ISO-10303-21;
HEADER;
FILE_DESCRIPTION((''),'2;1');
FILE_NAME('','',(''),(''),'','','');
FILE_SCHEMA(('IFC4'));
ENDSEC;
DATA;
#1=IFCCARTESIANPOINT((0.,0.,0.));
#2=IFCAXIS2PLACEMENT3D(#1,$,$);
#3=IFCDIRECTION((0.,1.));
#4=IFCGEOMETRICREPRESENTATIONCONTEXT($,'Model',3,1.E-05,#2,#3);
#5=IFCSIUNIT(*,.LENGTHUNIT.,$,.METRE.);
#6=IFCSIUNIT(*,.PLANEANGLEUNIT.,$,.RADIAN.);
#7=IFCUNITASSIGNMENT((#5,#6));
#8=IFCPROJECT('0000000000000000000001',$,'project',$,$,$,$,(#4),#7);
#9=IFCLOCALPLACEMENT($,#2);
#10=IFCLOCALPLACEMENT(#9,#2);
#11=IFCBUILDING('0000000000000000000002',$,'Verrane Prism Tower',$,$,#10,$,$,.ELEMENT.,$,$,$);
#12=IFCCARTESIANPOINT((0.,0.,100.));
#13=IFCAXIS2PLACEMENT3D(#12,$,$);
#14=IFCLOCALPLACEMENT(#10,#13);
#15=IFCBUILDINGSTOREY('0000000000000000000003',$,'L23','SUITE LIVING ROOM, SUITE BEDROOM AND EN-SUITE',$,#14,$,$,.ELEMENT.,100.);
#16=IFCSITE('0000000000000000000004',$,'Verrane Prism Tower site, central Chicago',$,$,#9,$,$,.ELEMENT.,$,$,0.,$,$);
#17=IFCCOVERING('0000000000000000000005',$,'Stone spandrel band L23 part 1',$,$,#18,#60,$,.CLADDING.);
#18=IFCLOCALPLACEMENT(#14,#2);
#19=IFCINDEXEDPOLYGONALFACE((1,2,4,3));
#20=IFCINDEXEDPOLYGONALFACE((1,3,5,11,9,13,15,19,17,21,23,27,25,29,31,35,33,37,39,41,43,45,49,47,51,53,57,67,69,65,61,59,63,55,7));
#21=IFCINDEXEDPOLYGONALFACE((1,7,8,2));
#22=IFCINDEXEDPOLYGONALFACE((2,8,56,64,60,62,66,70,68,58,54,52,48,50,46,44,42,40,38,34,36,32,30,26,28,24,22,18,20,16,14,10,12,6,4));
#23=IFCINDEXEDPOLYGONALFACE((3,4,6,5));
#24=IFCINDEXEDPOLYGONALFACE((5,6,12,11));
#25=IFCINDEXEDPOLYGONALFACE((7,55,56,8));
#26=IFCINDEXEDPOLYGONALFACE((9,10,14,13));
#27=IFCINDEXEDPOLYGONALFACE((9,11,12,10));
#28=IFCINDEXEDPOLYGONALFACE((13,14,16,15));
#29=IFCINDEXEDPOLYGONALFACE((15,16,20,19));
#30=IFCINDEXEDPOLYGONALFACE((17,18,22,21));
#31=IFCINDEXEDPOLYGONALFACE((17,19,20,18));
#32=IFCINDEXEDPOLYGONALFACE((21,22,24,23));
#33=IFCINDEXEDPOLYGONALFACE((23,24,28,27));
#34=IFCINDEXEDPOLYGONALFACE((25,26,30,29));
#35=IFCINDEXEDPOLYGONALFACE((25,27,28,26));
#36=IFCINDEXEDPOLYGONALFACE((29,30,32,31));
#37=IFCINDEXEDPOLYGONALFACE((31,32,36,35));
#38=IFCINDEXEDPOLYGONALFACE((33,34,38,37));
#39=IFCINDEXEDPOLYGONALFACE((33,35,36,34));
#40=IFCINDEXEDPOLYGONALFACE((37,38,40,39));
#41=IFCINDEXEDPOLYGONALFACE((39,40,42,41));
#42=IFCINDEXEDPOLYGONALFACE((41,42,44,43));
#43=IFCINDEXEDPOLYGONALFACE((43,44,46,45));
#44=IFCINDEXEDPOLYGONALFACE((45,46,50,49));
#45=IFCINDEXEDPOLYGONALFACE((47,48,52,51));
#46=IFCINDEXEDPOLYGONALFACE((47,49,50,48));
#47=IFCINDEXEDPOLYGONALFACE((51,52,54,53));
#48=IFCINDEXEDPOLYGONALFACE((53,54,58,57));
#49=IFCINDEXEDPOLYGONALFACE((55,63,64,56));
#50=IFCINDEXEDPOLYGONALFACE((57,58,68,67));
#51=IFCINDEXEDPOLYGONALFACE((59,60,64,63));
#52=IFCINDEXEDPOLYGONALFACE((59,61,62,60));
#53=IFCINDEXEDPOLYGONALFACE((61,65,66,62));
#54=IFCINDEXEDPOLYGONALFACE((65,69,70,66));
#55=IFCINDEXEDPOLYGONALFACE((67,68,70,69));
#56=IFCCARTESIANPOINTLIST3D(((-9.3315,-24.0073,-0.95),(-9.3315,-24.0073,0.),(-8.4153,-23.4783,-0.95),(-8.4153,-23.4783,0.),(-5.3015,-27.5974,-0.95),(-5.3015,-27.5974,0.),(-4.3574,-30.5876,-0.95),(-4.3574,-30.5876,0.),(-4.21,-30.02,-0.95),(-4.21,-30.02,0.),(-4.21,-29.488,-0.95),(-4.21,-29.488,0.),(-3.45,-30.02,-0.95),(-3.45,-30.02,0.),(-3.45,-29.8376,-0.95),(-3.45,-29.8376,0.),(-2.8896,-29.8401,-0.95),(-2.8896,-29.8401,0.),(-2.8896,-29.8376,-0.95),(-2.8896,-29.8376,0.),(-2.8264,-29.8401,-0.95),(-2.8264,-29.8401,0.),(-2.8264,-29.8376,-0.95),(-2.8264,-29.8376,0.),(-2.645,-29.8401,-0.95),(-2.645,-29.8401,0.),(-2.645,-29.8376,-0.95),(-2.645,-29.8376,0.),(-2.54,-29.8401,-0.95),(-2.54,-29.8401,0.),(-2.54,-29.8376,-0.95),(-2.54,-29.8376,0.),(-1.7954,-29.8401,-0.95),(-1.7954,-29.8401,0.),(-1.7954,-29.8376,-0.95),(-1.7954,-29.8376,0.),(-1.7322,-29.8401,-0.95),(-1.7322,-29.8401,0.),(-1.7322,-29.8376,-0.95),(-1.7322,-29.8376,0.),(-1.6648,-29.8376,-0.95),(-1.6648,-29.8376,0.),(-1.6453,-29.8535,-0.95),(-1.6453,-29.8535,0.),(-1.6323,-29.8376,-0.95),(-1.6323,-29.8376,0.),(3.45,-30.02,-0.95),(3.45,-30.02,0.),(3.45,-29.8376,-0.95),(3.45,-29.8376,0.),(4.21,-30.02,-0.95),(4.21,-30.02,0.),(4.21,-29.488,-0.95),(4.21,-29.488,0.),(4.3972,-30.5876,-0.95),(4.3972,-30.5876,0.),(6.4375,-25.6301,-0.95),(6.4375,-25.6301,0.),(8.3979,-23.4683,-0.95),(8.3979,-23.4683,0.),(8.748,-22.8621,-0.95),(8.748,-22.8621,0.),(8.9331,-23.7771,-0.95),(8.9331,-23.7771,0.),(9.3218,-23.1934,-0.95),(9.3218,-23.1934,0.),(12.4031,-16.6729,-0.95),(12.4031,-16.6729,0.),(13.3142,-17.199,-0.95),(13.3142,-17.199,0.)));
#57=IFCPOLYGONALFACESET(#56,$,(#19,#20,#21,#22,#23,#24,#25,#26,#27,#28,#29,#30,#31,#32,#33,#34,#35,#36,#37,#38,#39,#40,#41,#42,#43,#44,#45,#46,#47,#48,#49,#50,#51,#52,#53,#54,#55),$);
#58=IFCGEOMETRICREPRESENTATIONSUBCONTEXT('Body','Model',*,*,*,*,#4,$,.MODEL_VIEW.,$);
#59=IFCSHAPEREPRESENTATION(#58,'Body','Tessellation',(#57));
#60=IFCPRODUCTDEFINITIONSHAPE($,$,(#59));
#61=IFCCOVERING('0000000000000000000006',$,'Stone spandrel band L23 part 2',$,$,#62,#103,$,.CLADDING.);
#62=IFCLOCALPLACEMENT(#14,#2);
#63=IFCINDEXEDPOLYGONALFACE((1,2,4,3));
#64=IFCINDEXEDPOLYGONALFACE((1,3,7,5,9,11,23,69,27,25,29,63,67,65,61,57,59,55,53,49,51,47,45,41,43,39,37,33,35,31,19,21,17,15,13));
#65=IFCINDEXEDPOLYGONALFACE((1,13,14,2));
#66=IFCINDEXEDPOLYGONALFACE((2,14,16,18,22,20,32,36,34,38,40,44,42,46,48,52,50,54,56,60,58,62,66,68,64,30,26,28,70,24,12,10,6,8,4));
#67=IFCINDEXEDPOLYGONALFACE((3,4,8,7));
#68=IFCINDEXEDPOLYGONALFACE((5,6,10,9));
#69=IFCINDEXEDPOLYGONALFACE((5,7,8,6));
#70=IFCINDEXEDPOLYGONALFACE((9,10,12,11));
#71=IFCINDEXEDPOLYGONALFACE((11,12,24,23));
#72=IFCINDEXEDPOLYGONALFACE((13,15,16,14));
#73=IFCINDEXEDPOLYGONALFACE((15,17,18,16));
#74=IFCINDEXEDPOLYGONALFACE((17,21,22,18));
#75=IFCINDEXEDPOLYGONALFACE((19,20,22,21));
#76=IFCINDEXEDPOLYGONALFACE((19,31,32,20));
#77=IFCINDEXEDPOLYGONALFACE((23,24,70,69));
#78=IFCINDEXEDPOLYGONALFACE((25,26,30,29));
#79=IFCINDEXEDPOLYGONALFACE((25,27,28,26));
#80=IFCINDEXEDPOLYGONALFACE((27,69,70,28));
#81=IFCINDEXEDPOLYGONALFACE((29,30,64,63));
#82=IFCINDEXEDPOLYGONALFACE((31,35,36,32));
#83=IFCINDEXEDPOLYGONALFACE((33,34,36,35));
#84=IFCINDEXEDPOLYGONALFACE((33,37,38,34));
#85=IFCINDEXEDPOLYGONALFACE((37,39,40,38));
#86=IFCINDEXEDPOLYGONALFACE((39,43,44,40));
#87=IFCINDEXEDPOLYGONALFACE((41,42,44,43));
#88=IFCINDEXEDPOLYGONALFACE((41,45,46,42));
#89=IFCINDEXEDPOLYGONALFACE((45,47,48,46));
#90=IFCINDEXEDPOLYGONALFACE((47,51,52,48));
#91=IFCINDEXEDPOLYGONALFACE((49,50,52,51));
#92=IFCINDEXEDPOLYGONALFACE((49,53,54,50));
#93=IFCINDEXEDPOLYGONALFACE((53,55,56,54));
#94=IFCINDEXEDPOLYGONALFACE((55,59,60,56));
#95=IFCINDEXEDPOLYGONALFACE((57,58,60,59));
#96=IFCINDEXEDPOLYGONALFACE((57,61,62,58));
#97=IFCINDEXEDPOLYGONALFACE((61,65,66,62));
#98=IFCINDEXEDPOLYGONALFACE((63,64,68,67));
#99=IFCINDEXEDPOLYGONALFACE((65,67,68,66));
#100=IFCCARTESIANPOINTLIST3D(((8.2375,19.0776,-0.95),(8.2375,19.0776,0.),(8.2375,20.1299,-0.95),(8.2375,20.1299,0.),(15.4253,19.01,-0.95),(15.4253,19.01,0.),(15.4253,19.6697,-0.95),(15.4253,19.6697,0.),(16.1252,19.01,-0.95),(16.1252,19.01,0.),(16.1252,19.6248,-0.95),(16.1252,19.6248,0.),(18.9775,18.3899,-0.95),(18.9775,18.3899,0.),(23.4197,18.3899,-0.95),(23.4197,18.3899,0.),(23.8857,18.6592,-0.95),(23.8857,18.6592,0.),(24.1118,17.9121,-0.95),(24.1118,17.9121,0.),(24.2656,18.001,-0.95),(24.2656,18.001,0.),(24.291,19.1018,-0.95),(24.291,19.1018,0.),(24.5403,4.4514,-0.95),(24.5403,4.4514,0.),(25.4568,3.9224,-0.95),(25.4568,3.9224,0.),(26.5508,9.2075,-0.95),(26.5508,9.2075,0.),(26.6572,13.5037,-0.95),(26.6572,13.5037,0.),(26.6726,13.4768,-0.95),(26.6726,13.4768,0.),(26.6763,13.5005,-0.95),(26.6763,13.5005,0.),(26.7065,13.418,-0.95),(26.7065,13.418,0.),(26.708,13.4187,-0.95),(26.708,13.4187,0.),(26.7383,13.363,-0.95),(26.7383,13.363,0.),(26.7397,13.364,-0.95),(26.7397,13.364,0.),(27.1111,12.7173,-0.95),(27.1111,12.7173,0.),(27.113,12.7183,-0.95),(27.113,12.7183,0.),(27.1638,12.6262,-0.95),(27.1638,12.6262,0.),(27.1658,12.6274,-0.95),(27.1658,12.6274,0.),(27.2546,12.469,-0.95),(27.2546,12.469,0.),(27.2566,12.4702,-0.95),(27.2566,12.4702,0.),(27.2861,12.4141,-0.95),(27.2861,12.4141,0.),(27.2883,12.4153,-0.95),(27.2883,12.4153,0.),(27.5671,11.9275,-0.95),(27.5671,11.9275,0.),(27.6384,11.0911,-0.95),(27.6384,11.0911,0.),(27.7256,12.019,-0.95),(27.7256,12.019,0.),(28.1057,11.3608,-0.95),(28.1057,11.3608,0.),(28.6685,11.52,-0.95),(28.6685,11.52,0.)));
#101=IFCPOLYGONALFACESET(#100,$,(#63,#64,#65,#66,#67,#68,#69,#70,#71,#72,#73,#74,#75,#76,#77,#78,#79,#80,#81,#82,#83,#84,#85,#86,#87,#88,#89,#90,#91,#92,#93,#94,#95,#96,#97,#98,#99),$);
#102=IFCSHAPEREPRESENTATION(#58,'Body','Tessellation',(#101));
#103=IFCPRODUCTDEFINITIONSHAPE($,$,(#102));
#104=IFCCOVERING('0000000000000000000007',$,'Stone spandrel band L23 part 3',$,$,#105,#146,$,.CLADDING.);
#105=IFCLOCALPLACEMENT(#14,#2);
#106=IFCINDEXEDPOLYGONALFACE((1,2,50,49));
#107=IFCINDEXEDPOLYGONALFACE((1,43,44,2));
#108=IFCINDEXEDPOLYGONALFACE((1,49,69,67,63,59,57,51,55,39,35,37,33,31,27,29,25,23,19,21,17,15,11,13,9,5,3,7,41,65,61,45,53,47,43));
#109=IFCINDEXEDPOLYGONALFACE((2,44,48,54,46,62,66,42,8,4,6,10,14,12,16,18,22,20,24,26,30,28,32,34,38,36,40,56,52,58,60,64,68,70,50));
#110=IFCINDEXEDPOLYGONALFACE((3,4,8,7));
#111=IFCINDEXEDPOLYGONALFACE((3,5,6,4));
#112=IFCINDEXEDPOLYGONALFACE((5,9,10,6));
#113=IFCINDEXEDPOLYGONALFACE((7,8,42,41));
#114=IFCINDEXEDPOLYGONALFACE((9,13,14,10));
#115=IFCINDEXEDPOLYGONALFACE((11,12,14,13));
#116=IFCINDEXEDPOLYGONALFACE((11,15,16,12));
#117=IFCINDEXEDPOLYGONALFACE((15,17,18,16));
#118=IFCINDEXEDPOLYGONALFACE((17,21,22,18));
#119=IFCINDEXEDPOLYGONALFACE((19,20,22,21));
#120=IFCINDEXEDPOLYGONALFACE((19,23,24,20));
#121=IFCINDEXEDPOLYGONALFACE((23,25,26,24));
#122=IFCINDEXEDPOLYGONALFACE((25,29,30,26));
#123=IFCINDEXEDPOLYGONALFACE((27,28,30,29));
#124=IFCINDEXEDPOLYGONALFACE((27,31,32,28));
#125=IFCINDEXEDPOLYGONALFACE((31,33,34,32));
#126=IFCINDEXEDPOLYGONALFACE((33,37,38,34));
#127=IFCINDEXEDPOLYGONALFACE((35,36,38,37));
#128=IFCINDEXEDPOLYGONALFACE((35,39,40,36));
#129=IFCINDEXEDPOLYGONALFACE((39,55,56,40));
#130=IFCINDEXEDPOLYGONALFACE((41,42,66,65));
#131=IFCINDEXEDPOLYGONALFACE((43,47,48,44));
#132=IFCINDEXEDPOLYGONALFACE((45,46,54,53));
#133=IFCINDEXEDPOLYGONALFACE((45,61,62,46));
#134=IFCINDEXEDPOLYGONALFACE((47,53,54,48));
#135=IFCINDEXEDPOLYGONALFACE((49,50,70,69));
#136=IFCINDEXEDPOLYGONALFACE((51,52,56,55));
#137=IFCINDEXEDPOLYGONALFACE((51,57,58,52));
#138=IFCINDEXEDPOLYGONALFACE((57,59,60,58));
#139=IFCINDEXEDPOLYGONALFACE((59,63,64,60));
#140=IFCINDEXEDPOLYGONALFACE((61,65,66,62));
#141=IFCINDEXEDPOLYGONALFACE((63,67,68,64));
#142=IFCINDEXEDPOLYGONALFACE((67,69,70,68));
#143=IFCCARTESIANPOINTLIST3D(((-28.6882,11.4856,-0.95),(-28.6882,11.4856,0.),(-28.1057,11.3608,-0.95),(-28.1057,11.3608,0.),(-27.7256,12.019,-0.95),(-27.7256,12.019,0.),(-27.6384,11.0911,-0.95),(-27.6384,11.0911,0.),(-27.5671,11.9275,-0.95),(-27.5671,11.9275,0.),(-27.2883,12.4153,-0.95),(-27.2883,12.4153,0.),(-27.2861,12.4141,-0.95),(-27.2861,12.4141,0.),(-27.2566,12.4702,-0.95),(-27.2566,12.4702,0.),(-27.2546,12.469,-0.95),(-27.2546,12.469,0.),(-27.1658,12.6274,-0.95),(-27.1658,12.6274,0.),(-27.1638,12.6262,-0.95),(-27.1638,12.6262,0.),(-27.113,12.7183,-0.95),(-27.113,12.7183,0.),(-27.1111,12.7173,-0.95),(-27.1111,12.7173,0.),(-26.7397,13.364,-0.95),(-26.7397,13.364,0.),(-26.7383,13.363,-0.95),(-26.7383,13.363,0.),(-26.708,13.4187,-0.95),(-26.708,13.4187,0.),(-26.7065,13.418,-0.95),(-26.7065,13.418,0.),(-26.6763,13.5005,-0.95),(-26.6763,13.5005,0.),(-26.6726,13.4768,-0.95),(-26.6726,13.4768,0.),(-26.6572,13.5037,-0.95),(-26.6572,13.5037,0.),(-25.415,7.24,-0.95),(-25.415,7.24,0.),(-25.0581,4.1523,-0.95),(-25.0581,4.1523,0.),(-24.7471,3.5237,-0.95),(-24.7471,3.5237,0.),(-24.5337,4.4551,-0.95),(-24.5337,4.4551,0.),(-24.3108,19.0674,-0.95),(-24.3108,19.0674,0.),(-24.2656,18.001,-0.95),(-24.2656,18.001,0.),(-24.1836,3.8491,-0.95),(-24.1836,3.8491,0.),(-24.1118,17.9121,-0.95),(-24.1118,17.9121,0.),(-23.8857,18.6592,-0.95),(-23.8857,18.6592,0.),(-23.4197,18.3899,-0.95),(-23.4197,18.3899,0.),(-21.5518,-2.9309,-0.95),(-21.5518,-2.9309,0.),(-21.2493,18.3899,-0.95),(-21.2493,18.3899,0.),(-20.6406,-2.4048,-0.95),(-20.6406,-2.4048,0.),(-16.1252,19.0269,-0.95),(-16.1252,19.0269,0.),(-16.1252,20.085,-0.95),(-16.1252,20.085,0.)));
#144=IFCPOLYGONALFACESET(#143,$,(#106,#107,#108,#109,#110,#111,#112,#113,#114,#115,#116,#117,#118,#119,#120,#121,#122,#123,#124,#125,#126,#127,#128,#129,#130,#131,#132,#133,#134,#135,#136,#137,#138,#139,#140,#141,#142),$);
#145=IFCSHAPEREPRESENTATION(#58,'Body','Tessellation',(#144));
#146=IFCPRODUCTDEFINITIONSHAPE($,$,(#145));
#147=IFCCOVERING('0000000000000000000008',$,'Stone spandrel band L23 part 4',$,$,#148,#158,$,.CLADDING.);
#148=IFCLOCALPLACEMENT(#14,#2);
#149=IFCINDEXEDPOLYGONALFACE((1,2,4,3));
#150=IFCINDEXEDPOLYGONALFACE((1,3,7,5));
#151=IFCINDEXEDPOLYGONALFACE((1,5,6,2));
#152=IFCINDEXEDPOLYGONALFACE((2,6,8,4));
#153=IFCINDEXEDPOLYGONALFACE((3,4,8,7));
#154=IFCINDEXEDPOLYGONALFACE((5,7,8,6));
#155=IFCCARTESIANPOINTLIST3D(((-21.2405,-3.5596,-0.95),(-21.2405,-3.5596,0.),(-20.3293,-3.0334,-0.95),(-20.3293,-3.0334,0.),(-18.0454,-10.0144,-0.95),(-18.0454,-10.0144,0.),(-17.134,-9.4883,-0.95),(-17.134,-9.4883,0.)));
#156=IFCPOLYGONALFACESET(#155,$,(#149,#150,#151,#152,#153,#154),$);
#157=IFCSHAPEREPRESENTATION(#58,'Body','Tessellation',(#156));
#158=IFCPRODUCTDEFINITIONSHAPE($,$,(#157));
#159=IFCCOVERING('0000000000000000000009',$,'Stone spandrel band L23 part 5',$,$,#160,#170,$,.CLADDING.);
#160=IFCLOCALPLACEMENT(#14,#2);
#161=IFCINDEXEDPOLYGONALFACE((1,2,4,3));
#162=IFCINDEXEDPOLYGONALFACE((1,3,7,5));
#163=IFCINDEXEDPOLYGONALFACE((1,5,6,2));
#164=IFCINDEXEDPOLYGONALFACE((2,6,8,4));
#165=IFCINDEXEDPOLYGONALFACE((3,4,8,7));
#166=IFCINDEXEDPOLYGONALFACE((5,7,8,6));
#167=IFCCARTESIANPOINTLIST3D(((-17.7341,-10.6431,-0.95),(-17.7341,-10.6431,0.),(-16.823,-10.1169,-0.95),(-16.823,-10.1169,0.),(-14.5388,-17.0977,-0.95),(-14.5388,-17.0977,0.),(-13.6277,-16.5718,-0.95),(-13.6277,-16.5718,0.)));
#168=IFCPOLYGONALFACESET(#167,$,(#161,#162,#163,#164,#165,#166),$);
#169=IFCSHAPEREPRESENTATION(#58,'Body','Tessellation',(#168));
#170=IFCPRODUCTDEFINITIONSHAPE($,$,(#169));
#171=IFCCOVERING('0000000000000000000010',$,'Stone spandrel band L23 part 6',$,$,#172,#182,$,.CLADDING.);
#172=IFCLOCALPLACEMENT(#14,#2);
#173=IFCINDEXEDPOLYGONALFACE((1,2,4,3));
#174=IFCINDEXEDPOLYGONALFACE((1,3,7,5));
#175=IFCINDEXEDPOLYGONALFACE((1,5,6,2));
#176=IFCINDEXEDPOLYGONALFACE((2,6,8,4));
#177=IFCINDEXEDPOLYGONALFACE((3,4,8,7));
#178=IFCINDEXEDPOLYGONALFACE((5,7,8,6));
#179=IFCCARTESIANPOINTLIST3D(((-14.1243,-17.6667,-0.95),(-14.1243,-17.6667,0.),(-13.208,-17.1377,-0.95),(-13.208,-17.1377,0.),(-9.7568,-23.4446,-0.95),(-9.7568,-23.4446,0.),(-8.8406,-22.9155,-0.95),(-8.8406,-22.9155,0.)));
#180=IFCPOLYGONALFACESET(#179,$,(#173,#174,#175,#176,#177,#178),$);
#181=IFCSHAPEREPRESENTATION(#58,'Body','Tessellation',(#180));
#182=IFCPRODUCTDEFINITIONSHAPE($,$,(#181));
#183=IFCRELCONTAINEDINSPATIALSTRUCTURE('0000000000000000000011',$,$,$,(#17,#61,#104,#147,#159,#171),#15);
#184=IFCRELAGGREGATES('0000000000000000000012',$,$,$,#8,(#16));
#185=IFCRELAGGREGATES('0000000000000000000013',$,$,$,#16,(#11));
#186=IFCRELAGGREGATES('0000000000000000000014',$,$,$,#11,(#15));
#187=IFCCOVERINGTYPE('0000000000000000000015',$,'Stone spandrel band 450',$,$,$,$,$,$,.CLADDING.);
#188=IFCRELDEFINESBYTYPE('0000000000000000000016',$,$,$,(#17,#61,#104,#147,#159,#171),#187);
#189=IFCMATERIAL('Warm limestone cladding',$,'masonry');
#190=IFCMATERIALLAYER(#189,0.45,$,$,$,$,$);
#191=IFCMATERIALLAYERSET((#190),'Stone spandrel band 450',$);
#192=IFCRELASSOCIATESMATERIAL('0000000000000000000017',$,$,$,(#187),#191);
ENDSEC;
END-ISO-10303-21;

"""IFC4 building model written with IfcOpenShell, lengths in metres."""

from ifc_helpers import new_model, si_unit, direction, frame, origin, place, context, subcontext, project, spatial, polyline, outline, extrude, material, layer, layer_set, type_object, element, save


model = new_model("IFC4")

# Units and contexts
model_context = context("Model", 3, precision=1e-05, world=origin(), true_north=direction((0.0, 1.0)))
body_context = subcontext(model_context, "Body", "Model", "MODEL_VIEW")
ifc_project = project(units=[si_unit("LENGTHUNIT", "METRE"), si_unit("PLANEANGLEUNIT", "RADIAN")], contexts=[model_context])

# Site, building, storey
site_placement = place(None, origin())
site = spatial("IfcSite", under=ifc_project, at=site_placement, Name="Verrane Prism Tower site, central Chicago", CompositionType="ELEMENT", RefElevation=0.0)
building_placement = place(site_placement, origin())
building = spatial("IfcBuilding", under=site, at=building_placement, Name="Verrane Prism Tower", CompositionType="ELEMENT")
storey_placement = place(building_placement, frame((0.0, 0.0, 100.0)))
storey = spatial("IfcBuildingStorey", under=building, at=storey_placement, Name="L23", Description="SUITE LIVING ROOM, SUITE BEDROOM AND EN-SUITE", CompositionType="ELEMENT", Elevation=100.0)

# Coverings
ifc_material_1 = material(Name="Warm limestone cladding", Category="masonry")
ifc_layer_1 = layer(ifc_material_1, 0.45)
ifc_layer_set_1 = layer_set([ifc_layer_1], Name="Stone spandrel band 450")
covering_type = type_object("IfcCoveringType", Name="Stone spandrel band 450", PredefinedType="CLADDING", material=ifc_layer_set_1)
covering_1_placement = place(storey_placement, frame((0.0, 0.0, -0.95)))
element("IfcCovering", 1, at=covering_1_placement, inside=storey, type_object=covering_type, Name="Stone spandrel band L23 part 1", PredefinedType="CLADDING", context=body_context, shape_type="SweptSolid", body=[
    extrude(outline(polyline([(4.3972, -30.5876), (8.9331, -23.7771), (8.3979, -23.4683), (8.748, -22.8621), (9.3218, -23.1934), (13.3142, -17.199), (12.4031, -16.6729), (6.4375, -25.6301), (4.21, -29.488), (4.21, -30.02), (3.45, -30.02), (3.45, -29.8376), (-1.6323, -29.8376), (-1.6453, -29.8535), (-1.6648, -29.8376), (-1.7322, -29.8376), (-1.7322, -29.8401), (-1.7954, -29.8401), (-1.7954, -29.8376), (-2.54, -29.8376), (-2.54, -29.8401), (-2.645, -29.8401), (-2.645, -29.8376), (-2.8264, -29.8376), (-2.8264, -29.8401), (-2.8896, -29.8401), (-2.8896, -29.8376), (-3.45, -29.8376), (-3.45, -30.02), (-4.21, -30.02), (-4.21, -29.488), (-5.3015, -27.5974), (-8.4153, -23.4783), (-9.3315, -24.0073), (-4.3574, -30.5876), (4.3972, -30.5876)])), origin(), (0.0, 0.0, 1.0), 0.95),
])
covering_2_placement = place(storey_placement, frame((0.0, 0.0, -0.95)))
element("IfcCovering", 2, at=covering_2_placement, inside=storey, type_object=covering_type, Name="Stone spandrel band L23 part 2", PredefinedType="CLADDING", context=body_context, shape_type="SweptSolid", body=[
    extrude(outline(polyline([(8.2375, 19.0776), (18.9775, 18.3899), (23.4197, 18.3899), (23.8857, 18.6592), (24.2656, 18.001), (24.1118, 17.9121), (26.6572, 13.5037), (26.6763, 13.5005), (26.6726, 13.4768), (26.7065, 13.418), (26.708, 13.4187), (26.7397, 13.364), (26.7383, 13.363), (27.1111, 12.7173), (27.113, 12.7183), (27.1658, 12.6274), (27.1638, 12.6262), (27.2546, 12.469), (27.2566, 12.4702), (27.2883, 12.4153), (27.2861, 12.4141), (27.5671, 11.9275), (27.7256, 12.019), (28.1057, 11.3608), (27.6384, 11.0911), (26.5508, 9.2075), (24.5403, 4.4514), (25.4568, 3.9224), (28.6685, 11.52), (24.291, 19.1018), (16.1252, 19.6248), (16.1252, 19.01), (15.4253, 19.01), (15.4253, 19.6697), (8.2375, 20.1299), (8.2375, 19.0776)])), origin(), (0.0, 0.0, 1.0), 0.95),
])
covering_3_placement = place(storey_placement, frame((0.0, 0.0, -0.95)))
element("IfcCovering", 3, at=covering_3_placement, inside=storey, type_object=covering_type, Name="Stone spandrel band L23 part 3", PredefinedType="CLADDING", context=body_context, shape_type="SweptSolid", body=[
    extrude(outline(polyline([(-27.2566, 12.4702), (-27.2546, 12.469), (-27.1638, 12.6262), (-27.1658, 12.6274), (-27.113, 12.7183), (-27.1111, 12.7173), (-26.7383, 13.363), (-26.7397, 13.364), (-26.708, 13.4187), (-26.7065, 13.418), (-26.6726, 13.4768), (-26.6763, 13.5005), (-26.6572, 13.5037), (-24.1118, 17.9121), (-24.2656, 18.001), (-23.8857, 18.6592), (-23.4197, 18.3899), (-21.2493, 18.3899), (-16.1252, 19.0269), (-16.1252, 20.085), (-24.3108, 19.0674), (-28.6882, 11.4856), (-25.0581, 4.1523), (-24.5337, 4.4551), (-24.1836, 3.8491), (-24.7471, 3.5237), (-21.5518, -2.9309), (-20.6406, -2.4048), (-25.415, 7.24), (-27.6384, 11.0911), (-28.1057, 11.3608), (-27.7256, 12.019), (-27.5671, 11.9275), (-27.2861, 12.4141), (-27.2883, 12.4153), (-27.2566, 12.4702)])), origin(), (0.0, 0.0, 1.0), 0.95),
])
covering_4_placement = place(storey_placement, frame((0.0, 0.0, -0.95)))
element("IfcCovering", 4, at=covering_4_placement, inside=storey, type_object=covering_type, Name="Stone spandrel band L23 part 4", PredefinedType="CLADDING", context=body_context, shape_type="SweptSolid", body=[
    extrude(outline(polyline([(-17.134, -9.4883), (-20.3293, -3.0334), (-21.2405, -3.5596), (-18.0454, -10.0144), (-17.134, -9.4883)])), origin(), (0.0, 0.0, 1.0), 0.95),
])
covering_5_placement = place(storey_placement, frame((0.0, 0.0, -0.95)))
element("IfcCovering", 5, at=covering_5_placement, inside=storey, type_object=covering_type, Name="Stone spandrel band L23 part 5", PredefinedType="CLADDING", context=body_context, shape_type="SweptSolid", body=[
    extrude(outline(polyline([(-13.6277, -16.5718), (-16.823, -10.1169), (-17.7341, -10.6431), (-14.5388, -17.0977), (-13.6277, -16.5718)])), origin(), (0.0, 0.0, 1.0), 0.95),
])
covering_6_placement = place(storey_placement, frame((0.0, 0.0, -0.95)))
element("IfcCovering", 6, at=covering_6_placement, inside=storey, type_object=covering_type, Name="Stone spandrel band L23 part 6", PredefinedType="CLADDING", context=body_context, shape_type="SweptSolid", body=[
    extrude(outline(polyline([(-9.7568, -23.4446), (-8.8406, -22.9155), (-13.208, -17.1377), (-14.1243, -17.6667), (-9.7568, -23.4446)])), origin(), (0.0, 0.0, 1.0), 0.95),
])

save(model, "model.ifc")
